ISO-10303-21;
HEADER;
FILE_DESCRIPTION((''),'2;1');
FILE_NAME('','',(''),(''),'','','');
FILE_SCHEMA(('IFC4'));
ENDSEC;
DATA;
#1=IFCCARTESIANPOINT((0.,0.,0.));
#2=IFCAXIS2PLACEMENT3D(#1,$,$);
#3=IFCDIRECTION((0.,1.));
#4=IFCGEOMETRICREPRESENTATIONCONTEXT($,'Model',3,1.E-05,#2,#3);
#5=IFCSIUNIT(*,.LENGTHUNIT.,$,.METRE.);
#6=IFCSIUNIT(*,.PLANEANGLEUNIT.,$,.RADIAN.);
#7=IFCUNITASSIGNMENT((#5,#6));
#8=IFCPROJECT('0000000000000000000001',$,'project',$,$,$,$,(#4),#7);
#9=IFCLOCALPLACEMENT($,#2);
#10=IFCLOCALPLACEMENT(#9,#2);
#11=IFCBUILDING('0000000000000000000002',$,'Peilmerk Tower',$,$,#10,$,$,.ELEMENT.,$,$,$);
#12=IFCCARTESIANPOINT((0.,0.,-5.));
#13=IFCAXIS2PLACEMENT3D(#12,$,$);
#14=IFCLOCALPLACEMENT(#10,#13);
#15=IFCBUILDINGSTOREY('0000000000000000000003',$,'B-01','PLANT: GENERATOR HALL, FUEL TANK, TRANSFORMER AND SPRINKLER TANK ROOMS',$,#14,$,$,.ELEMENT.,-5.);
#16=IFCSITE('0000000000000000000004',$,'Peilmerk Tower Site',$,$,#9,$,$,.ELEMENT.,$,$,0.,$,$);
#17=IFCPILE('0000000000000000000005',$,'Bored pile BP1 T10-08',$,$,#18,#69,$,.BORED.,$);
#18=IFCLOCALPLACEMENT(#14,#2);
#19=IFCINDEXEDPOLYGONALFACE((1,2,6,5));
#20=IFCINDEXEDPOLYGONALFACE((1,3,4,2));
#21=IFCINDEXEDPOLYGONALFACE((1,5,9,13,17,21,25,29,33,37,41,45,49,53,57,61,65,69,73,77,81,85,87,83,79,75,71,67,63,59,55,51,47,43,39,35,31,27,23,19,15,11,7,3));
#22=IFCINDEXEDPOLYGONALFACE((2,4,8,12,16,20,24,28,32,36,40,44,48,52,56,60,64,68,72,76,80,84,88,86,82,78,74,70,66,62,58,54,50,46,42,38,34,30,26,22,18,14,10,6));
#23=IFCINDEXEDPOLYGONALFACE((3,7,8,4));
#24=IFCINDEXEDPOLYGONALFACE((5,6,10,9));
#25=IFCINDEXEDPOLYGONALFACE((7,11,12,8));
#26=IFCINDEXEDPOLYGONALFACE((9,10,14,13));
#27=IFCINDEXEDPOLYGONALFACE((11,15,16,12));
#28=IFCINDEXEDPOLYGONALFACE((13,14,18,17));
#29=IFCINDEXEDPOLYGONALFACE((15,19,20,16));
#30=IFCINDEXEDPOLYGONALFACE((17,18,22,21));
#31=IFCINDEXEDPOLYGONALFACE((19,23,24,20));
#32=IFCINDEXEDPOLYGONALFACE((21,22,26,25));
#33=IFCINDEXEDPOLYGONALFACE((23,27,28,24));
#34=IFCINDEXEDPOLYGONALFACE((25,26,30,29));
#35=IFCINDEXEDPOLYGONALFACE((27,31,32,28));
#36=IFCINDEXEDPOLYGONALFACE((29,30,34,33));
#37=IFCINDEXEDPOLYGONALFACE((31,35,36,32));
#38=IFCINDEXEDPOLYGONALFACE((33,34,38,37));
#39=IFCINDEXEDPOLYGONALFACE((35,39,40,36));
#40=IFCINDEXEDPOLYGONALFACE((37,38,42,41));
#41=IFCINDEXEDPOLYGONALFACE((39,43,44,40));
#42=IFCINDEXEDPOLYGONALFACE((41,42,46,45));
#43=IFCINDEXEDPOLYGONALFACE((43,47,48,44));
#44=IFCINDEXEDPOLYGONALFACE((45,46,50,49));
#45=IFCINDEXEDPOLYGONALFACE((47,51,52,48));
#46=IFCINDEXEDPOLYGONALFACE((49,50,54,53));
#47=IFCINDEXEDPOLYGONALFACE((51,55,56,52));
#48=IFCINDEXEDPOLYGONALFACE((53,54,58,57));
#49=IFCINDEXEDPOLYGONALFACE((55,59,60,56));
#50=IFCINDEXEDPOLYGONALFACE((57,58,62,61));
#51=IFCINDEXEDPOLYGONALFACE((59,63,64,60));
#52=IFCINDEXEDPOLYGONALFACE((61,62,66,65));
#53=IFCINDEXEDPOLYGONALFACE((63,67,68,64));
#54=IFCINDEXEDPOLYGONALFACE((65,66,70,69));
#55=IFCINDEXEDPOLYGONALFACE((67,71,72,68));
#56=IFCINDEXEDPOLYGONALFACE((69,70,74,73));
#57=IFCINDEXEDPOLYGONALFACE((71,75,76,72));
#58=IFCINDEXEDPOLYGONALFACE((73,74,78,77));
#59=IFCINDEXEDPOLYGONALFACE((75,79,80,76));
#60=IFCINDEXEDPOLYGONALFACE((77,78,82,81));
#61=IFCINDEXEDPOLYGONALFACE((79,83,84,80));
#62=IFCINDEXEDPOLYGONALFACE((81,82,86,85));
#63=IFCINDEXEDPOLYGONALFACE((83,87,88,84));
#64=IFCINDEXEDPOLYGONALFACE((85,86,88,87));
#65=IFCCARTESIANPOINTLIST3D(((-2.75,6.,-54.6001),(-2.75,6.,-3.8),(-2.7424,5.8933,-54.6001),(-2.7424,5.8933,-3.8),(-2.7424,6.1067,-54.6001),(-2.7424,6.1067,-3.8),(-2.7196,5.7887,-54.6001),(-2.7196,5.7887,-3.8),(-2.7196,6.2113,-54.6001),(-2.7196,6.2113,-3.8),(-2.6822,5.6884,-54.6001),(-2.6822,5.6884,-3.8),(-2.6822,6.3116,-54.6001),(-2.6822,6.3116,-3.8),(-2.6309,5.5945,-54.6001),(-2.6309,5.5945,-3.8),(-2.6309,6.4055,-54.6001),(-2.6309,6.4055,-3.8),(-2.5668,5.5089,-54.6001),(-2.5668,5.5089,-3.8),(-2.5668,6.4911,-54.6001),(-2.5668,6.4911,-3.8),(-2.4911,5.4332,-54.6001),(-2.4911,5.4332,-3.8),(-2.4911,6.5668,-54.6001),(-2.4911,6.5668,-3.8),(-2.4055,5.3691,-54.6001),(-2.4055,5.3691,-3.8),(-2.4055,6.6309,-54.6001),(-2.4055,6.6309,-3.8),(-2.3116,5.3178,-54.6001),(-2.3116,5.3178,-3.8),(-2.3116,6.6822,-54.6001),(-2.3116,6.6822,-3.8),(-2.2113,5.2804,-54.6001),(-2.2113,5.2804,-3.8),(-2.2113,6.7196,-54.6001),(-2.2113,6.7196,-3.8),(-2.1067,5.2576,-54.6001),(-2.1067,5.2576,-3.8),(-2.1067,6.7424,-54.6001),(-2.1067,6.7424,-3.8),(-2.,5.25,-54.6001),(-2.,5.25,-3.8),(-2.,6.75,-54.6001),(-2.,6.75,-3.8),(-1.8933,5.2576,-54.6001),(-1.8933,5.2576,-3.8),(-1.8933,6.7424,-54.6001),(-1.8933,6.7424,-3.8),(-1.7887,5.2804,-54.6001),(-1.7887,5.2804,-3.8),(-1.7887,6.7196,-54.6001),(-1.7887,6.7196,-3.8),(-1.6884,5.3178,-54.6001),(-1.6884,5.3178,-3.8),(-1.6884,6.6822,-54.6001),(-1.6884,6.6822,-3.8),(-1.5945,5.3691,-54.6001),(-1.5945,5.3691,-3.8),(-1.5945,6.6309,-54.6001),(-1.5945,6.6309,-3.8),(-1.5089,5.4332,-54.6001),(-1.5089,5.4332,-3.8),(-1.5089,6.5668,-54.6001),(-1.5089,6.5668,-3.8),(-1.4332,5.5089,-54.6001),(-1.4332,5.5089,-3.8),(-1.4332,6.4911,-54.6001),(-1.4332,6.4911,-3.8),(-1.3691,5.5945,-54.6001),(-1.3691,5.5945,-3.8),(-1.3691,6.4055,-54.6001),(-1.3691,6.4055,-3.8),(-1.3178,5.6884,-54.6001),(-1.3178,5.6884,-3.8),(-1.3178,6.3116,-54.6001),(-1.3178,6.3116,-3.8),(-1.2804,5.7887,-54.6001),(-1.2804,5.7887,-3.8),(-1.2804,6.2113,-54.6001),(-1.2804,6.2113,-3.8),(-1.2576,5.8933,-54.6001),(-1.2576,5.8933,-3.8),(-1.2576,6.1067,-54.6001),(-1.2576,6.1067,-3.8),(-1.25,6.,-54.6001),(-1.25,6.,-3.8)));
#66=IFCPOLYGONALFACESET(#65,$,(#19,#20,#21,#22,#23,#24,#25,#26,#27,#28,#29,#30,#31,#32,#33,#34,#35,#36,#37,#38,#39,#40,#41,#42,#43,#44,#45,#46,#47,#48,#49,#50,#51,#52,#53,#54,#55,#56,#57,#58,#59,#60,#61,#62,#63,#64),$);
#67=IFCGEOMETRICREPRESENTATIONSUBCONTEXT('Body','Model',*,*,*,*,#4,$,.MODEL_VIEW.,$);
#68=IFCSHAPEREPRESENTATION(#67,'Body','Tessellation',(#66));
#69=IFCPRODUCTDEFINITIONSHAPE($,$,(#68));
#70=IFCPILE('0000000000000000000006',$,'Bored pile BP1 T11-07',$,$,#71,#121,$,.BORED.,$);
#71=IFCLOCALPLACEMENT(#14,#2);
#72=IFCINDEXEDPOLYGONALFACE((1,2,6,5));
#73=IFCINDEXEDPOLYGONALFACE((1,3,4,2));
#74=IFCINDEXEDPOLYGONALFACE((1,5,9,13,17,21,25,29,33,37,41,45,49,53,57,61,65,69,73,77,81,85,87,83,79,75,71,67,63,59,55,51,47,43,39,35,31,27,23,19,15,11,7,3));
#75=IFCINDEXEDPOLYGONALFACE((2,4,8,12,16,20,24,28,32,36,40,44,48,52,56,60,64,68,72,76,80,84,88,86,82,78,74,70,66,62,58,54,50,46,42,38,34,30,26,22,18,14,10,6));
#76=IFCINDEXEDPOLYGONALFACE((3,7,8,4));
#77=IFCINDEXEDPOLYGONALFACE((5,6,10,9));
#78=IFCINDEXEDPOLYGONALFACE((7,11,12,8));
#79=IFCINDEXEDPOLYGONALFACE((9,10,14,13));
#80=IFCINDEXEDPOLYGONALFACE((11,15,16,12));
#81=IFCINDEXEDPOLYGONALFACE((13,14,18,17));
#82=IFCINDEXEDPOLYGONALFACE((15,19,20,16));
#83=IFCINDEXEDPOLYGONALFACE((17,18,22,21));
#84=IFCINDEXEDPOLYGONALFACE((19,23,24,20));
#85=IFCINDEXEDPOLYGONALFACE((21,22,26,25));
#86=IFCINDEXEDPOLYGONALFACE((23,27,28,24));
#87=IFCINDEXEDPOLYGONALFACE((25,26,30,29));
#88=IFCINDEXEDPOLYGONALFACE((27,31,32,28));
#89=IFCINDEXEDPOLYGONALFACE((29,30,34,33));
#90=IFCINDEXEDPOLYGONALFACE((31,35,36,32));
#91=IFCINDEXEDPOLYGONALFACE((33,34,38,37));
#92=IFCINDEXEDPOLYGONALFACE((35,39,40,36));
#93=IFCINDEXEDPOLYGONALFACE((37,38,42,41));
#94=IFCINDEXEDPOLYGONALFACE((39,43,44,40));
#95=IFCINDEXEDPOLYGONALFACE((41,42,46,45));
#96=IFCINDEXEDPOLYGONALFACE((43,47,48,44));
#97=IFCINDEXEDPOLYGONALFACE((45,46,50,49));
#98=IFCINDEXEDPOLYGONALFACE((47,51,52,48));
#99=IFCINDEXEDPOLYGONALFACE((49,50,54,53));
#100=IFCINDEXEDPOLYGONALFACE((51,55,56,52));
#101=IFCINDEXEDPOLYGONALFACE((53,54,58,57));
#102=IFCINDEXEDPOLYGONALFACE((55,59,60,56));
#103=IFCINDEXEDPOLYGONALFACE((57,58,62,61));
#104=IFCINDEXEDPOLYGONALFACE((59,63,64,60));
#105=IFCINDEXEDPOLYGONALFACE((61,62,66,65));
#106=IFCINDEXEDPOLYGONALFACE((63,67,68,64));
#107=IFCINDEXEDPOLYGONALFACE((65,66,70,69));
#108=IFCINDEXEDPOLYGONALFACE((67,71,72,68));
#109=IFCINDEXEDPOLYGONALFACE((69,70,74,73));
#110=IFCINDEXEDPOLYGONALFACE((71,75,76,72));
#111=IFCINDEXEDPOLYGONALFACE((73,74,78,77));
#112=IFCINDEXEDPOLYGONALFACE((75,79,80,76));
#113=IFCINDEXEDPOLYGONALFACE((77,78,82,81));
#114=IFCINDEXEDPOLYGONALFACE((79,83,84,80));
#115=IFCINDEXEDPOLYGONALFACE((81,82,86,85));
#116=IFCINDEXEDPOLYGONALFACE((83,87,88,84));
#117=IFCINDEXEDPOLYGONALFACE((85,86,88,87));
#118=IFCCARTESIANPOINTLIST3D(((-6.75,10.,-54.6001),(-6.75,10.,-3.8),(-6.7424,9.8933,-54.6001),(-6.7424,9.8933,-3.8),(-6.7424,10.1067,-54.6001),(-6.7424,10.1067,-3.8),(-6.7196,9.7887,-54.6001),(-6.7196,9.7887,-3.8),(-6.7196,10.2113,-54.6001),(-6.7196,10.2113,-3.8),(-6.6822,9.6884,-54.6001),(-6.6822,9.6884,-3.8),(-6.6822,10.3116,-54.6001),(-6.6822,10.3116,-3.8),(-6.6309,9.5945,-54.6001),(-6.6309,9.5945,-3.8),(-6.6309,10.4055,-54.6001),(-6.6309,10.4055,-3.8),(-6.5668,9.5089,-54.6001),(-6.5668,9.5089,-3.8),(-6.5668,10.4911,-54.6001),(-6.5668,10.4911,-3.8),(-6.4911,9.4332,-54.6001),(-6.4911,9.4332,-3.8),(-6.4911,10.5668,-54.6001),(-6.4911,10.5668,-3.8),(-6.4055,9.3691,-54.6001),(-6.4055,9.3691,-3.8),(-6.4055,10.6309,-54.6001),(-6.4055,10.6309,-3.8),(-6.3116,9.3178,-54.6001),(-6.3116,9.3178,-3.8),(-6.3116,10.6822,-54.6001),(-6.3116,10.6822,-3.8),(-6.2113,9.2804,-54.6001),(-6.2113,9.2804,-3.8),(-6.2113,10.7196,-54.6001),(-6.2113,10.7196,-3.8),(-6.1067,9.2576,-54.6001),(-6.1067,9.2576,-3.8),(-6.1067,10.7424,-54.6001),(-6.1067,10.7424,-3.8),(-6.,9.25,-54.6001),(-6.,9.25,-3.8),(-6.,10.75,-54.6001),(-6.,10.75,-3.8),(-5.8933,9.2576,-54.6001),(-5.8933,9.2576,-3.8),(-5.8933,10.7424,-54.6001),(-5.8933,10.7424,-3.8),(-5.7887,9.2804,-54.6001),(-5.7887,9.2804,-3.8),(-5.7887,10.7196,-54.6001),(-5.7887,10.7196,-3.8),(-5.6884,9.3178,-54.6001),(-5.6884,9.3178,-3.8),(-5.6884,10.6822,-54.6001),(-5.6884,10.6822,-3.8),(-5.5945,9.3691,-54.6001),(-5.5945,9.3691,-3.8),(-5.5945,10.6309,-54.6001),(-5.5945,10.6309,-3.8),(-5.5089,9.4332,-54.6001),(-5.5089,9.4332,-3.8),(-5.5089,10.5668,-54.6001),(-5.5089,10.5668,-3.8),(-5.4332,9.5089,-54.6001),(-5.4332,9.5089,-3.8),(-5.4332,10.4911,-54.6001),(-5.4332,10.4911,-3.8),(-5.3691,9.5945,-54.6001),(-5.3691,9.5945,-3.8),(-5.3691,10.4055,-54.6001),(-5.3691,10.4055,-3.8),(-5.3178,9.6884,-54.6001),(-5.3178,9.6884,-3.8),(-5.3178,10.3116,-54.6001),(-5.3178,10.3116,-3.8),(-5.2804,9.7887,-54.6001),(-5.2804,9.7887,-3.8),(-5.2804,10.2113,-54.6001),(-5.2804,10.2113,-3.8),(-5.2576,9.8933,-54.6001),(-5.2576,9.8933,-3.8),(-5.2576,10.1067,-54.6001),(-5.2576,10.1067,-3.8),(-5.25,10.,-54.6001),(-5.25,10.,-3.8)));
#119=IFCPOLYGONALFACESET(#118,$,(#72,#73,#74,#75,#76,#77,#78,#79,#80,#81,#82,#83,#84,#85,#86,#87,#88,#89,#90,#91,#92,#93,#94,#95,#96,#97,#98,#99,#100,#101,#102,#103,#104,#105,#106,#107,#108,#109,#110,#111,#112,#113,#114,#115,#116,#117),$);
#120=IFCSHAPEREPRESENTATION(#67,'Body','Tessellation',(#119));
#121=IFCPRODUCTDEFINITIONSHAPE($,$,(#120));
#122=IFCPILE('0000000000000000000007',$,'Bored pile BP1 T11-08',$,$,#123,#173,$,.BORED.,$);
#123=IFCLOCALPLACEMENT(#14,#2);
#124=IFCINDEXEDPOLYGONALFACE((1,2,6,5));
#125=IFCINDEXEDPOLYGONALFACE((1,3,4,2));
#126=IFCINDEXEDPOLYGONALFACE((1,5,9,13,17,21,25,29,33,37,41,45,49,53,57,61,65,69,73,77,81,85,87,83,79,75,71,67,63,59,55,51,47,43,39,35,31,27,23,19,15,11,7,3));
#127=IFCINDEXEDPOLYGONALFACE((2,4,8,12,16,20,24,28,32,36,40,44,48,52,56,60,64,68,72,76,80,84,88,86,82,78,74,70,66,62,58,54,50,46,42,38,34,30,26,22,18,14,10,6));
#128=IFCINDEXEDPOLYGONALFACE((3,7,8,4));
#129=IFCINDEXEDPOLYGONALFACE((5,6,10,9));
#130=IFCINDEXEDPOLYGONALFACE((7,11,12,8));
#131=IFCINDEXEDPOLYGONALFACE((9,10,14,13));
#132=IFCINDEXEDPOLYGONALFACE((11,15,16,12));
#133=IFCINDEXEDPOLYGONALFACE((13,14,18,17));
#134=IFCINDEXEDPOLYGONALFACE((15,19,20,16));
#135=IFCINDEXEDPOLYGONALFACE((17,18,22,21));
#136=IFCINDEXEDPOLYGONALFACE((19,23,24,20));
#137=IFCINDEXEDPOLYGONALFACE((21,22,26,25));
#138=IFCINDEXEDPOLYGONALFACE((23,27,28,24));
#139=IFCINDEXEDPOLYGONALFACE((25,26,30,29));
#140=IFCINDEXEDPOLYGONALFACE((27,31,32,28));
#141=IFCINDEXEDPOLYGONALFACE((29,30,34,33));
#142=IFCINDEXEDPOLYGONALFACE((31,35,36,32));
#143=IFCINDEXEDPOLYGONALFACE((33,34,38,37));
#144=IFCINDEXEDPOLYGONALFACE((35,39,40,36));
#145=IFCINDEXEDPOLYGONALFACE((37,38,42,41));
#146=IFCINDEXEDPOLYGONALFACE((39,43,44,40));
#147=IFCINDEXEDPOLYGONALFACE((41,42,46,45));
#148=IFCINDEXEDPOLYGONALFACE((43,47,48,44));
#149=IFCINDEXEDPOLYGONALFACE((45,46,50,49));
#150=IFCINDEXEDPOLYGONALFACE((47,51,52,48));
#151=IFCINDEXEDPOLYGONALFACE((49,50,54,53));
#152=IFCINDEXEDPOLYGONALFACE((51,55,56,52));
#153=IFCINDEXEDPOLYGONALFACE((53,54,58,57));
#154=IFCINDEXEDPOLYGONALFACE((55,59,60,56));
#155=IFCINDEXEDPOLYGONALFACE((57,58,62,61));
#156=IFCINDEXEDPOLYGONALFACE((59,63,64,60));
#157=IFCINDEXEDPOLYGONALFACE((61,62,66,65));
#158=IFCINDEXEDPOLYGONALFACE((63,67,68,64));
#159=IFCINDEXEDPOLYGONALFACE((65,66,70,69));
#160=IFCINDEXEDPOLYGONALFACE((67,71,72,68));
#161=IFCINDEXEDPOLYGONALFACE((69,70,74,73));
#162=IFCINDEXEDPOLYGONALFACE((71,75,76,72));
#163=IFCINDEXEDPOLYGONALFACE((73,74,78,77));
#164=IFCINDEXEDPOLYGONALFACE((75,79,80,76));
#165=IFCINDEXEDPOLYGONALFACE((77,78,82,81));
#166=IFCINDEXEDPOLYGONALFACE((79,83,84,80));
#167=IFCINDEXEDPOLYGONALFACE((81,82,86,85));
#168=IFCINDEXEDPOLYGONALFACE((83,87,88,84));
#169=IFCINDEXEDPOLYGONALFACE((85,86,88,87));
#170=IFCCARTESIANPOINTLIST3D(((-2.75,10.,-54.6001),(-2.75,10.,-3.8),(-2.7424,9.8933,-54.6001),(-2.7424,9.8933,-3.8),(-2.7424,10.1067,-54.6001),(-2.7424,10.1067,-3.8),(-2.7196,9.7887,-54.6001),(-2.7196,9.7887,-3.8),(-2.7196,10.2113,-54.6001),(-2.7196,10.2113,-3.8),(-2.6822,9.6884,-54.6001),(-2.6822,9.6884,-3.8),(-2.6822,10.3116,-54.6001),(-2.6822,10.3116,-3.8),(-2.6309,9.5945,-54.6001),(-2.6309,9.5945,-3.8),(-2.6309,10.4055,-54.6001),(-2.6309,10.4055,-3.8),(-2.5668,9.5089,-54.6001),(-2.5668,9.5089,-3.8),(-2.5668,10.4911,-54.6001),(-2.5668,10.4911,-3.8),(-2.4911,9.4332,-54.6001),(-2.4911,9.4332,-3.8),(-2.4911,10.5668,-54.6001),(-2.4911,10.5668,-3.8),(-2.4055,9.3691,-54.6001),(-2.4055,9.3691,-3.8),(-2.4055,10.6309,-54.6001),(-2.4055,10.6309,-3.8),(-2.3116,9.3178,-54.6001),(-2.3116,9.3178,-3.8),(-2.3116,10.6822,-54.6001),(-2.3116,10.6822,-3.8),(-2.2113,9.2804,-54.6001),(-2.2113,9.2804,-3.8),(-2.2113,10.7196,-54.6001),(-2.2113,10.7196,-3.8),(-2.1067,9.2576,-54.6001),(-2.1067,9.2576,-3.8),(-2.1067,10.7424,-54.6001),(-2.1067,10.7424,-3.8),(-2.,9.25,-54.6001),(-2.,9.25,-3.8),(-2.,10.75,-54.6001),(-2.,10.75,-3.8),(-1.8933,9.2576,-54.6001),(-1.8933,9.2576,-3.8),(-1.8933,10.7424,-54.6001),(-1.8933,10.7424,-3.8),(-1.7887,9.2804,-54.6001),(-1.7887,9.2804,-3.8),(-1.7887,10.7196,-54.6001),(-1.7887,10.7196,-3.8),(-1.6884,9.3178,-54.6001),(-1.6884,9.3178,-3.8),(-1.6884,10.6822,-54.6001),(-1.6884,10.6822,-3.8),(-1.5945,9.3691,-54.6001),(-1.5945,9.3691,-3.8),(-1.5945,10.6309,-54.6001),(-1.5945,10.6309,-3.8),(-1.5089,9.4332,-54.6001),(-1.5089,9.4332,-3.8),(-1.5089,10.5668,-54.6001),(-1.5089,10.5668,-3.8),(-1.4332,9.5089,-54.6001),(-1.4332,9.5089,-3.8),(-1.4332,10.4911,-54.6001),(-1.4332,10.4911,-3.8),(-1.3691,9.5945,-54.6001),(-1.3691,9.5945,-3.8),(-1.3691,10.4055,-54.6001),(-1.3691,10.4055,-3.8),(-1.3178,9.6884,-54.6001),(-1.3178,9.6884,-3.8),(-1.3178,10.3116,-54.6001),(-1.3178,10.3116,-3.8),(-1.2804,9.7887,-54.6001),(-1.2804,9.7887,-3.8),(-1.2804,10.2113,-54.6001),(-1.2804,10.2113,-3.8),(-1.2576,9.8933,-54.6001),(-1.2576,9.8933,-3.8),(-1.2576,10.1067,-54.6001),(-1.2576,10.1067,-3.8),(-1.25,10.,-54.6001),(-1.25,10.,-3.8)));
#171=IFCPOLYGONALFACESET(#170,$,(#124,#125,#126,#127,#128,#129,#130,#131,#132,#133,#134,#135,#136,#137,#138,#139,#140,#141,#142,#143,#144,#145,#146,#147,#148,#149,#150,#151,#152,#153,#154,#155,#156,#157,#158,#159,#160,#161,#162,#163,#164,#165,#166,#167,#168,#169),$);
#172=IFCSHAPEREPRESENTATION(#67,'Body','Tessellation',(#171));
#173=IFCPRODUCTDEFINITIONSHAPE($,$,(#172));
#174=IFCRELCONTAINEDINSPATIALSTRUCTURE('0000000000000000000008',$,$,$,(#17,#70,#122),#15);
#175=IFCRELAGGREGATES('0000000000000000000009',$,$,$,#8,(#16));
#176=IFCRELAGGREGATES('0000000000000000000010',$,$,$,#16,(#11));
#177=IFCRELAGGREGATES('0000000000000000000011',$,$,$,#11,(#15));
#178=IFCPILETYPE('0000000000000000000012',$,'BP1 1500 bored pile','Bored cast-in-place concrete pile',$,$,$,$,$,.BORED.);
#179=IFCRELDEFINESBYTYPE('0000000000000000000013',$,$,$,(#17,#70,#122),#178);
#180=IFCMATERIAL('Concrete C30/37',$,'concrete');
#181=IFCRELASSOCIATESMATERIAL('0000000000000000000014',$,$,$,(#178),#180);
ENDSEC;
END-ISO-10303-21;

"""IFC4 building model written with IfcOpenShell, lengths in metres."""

from ifc_helpers import new_model, si_unit, direction, frame, origin, origin_2d, place, context, subcontext, project, spatial, circle, extrude, material, material_profile, profile_set, type_object, element, save


model = new_model("IFC4")

# Units and contexts
model_context = context("Model", 3, precision=1e-05, world=origin(), true_north=direction((0.0, 1.0)))
body_context = subcontext(model_context, "Body", "Model", "MODEL_VIEW")
ifc_project = project(units=[si_unit("LENGTHUNIT", "METRE"), si_unit("PLANEANGLEUNIT", "RADIAN")], contexts=[model_context])

# Site, building, storey
site_placement = place(None, origin())
site = spatial("IfcSite", under=ifc_project, at=site_placement, Name="Peilmerk Tower Site", CompositionType="ELEMENT", RefElevation=0.0)
building_placement = place(site_placement, origin())
building = spatial("IfcBuilding", under=site, at=building_placement, Name="Peilmerk Tower", CompositionType="ELEMENT")
storey_placement = place(building_placement, frame((0.0, 0.0, -5.0)))
storey = spatial("IfcBuildingStorey", under=building, at=storey_placement, Name="B-01", Description="PLANT: GENERATOR HALL, FUEL TANK, TRANSFORMER AND SPRINKLER TANK ROOMS", CompositionType="ELEMENT", Elevation=-5.0)

# Piles
ifc_material_1 = material(Name="Concrete C30/37", Category="concrete")
ifc_material_profile = material_profile(ifc_material_1, circle(Radius=0.75, at=origin_2d()), Name="BP 1500")
ifc_profile_set = profile_set([ifc_material_profile], Name="Concrete C30/37")
pile_type = type_object("IfcPileType", Name="BP1 1500 bored pile", Description="Bored cast-in-place concrete pile", PredefinedType="BORED", material=ifc_profile_set)
for number, where, z_axis, x_axis, name in (
    (1, (-2.0, 6.0, -3.8), (0.0, 0.0, -1.0), (1.0, 0.0, 0.0), "Bored pile BP1 T10-08"),
    (2, (-6.0, 10.0, -3.8), (0.0, 0.0, -1.0), (1.0, 0.0, 0.0), "Bored pile BP1 T11-07"),
    (3, (-2.0, 10.0, -3.8), (0.0, 0.0, -1.0), (1.0, 0.0, 0.0), "Bored pile BP1 T11-08"),
):
    element("IfcPile", number, at=place(storey_placement, frame(where, z_axis=z_axis, x_axis=x_axis)), inside=storey, type_object=pile_type, Name=name, PredefinedType="BORED", context=body_context, shape_type="SweptSolid", body=[
        extrude(circle(Radius=0.75, at=origin_2d()), origin(), (0.0, 0.0, 1.0), 50.8),
    ])

save(model, "model.ifc")
